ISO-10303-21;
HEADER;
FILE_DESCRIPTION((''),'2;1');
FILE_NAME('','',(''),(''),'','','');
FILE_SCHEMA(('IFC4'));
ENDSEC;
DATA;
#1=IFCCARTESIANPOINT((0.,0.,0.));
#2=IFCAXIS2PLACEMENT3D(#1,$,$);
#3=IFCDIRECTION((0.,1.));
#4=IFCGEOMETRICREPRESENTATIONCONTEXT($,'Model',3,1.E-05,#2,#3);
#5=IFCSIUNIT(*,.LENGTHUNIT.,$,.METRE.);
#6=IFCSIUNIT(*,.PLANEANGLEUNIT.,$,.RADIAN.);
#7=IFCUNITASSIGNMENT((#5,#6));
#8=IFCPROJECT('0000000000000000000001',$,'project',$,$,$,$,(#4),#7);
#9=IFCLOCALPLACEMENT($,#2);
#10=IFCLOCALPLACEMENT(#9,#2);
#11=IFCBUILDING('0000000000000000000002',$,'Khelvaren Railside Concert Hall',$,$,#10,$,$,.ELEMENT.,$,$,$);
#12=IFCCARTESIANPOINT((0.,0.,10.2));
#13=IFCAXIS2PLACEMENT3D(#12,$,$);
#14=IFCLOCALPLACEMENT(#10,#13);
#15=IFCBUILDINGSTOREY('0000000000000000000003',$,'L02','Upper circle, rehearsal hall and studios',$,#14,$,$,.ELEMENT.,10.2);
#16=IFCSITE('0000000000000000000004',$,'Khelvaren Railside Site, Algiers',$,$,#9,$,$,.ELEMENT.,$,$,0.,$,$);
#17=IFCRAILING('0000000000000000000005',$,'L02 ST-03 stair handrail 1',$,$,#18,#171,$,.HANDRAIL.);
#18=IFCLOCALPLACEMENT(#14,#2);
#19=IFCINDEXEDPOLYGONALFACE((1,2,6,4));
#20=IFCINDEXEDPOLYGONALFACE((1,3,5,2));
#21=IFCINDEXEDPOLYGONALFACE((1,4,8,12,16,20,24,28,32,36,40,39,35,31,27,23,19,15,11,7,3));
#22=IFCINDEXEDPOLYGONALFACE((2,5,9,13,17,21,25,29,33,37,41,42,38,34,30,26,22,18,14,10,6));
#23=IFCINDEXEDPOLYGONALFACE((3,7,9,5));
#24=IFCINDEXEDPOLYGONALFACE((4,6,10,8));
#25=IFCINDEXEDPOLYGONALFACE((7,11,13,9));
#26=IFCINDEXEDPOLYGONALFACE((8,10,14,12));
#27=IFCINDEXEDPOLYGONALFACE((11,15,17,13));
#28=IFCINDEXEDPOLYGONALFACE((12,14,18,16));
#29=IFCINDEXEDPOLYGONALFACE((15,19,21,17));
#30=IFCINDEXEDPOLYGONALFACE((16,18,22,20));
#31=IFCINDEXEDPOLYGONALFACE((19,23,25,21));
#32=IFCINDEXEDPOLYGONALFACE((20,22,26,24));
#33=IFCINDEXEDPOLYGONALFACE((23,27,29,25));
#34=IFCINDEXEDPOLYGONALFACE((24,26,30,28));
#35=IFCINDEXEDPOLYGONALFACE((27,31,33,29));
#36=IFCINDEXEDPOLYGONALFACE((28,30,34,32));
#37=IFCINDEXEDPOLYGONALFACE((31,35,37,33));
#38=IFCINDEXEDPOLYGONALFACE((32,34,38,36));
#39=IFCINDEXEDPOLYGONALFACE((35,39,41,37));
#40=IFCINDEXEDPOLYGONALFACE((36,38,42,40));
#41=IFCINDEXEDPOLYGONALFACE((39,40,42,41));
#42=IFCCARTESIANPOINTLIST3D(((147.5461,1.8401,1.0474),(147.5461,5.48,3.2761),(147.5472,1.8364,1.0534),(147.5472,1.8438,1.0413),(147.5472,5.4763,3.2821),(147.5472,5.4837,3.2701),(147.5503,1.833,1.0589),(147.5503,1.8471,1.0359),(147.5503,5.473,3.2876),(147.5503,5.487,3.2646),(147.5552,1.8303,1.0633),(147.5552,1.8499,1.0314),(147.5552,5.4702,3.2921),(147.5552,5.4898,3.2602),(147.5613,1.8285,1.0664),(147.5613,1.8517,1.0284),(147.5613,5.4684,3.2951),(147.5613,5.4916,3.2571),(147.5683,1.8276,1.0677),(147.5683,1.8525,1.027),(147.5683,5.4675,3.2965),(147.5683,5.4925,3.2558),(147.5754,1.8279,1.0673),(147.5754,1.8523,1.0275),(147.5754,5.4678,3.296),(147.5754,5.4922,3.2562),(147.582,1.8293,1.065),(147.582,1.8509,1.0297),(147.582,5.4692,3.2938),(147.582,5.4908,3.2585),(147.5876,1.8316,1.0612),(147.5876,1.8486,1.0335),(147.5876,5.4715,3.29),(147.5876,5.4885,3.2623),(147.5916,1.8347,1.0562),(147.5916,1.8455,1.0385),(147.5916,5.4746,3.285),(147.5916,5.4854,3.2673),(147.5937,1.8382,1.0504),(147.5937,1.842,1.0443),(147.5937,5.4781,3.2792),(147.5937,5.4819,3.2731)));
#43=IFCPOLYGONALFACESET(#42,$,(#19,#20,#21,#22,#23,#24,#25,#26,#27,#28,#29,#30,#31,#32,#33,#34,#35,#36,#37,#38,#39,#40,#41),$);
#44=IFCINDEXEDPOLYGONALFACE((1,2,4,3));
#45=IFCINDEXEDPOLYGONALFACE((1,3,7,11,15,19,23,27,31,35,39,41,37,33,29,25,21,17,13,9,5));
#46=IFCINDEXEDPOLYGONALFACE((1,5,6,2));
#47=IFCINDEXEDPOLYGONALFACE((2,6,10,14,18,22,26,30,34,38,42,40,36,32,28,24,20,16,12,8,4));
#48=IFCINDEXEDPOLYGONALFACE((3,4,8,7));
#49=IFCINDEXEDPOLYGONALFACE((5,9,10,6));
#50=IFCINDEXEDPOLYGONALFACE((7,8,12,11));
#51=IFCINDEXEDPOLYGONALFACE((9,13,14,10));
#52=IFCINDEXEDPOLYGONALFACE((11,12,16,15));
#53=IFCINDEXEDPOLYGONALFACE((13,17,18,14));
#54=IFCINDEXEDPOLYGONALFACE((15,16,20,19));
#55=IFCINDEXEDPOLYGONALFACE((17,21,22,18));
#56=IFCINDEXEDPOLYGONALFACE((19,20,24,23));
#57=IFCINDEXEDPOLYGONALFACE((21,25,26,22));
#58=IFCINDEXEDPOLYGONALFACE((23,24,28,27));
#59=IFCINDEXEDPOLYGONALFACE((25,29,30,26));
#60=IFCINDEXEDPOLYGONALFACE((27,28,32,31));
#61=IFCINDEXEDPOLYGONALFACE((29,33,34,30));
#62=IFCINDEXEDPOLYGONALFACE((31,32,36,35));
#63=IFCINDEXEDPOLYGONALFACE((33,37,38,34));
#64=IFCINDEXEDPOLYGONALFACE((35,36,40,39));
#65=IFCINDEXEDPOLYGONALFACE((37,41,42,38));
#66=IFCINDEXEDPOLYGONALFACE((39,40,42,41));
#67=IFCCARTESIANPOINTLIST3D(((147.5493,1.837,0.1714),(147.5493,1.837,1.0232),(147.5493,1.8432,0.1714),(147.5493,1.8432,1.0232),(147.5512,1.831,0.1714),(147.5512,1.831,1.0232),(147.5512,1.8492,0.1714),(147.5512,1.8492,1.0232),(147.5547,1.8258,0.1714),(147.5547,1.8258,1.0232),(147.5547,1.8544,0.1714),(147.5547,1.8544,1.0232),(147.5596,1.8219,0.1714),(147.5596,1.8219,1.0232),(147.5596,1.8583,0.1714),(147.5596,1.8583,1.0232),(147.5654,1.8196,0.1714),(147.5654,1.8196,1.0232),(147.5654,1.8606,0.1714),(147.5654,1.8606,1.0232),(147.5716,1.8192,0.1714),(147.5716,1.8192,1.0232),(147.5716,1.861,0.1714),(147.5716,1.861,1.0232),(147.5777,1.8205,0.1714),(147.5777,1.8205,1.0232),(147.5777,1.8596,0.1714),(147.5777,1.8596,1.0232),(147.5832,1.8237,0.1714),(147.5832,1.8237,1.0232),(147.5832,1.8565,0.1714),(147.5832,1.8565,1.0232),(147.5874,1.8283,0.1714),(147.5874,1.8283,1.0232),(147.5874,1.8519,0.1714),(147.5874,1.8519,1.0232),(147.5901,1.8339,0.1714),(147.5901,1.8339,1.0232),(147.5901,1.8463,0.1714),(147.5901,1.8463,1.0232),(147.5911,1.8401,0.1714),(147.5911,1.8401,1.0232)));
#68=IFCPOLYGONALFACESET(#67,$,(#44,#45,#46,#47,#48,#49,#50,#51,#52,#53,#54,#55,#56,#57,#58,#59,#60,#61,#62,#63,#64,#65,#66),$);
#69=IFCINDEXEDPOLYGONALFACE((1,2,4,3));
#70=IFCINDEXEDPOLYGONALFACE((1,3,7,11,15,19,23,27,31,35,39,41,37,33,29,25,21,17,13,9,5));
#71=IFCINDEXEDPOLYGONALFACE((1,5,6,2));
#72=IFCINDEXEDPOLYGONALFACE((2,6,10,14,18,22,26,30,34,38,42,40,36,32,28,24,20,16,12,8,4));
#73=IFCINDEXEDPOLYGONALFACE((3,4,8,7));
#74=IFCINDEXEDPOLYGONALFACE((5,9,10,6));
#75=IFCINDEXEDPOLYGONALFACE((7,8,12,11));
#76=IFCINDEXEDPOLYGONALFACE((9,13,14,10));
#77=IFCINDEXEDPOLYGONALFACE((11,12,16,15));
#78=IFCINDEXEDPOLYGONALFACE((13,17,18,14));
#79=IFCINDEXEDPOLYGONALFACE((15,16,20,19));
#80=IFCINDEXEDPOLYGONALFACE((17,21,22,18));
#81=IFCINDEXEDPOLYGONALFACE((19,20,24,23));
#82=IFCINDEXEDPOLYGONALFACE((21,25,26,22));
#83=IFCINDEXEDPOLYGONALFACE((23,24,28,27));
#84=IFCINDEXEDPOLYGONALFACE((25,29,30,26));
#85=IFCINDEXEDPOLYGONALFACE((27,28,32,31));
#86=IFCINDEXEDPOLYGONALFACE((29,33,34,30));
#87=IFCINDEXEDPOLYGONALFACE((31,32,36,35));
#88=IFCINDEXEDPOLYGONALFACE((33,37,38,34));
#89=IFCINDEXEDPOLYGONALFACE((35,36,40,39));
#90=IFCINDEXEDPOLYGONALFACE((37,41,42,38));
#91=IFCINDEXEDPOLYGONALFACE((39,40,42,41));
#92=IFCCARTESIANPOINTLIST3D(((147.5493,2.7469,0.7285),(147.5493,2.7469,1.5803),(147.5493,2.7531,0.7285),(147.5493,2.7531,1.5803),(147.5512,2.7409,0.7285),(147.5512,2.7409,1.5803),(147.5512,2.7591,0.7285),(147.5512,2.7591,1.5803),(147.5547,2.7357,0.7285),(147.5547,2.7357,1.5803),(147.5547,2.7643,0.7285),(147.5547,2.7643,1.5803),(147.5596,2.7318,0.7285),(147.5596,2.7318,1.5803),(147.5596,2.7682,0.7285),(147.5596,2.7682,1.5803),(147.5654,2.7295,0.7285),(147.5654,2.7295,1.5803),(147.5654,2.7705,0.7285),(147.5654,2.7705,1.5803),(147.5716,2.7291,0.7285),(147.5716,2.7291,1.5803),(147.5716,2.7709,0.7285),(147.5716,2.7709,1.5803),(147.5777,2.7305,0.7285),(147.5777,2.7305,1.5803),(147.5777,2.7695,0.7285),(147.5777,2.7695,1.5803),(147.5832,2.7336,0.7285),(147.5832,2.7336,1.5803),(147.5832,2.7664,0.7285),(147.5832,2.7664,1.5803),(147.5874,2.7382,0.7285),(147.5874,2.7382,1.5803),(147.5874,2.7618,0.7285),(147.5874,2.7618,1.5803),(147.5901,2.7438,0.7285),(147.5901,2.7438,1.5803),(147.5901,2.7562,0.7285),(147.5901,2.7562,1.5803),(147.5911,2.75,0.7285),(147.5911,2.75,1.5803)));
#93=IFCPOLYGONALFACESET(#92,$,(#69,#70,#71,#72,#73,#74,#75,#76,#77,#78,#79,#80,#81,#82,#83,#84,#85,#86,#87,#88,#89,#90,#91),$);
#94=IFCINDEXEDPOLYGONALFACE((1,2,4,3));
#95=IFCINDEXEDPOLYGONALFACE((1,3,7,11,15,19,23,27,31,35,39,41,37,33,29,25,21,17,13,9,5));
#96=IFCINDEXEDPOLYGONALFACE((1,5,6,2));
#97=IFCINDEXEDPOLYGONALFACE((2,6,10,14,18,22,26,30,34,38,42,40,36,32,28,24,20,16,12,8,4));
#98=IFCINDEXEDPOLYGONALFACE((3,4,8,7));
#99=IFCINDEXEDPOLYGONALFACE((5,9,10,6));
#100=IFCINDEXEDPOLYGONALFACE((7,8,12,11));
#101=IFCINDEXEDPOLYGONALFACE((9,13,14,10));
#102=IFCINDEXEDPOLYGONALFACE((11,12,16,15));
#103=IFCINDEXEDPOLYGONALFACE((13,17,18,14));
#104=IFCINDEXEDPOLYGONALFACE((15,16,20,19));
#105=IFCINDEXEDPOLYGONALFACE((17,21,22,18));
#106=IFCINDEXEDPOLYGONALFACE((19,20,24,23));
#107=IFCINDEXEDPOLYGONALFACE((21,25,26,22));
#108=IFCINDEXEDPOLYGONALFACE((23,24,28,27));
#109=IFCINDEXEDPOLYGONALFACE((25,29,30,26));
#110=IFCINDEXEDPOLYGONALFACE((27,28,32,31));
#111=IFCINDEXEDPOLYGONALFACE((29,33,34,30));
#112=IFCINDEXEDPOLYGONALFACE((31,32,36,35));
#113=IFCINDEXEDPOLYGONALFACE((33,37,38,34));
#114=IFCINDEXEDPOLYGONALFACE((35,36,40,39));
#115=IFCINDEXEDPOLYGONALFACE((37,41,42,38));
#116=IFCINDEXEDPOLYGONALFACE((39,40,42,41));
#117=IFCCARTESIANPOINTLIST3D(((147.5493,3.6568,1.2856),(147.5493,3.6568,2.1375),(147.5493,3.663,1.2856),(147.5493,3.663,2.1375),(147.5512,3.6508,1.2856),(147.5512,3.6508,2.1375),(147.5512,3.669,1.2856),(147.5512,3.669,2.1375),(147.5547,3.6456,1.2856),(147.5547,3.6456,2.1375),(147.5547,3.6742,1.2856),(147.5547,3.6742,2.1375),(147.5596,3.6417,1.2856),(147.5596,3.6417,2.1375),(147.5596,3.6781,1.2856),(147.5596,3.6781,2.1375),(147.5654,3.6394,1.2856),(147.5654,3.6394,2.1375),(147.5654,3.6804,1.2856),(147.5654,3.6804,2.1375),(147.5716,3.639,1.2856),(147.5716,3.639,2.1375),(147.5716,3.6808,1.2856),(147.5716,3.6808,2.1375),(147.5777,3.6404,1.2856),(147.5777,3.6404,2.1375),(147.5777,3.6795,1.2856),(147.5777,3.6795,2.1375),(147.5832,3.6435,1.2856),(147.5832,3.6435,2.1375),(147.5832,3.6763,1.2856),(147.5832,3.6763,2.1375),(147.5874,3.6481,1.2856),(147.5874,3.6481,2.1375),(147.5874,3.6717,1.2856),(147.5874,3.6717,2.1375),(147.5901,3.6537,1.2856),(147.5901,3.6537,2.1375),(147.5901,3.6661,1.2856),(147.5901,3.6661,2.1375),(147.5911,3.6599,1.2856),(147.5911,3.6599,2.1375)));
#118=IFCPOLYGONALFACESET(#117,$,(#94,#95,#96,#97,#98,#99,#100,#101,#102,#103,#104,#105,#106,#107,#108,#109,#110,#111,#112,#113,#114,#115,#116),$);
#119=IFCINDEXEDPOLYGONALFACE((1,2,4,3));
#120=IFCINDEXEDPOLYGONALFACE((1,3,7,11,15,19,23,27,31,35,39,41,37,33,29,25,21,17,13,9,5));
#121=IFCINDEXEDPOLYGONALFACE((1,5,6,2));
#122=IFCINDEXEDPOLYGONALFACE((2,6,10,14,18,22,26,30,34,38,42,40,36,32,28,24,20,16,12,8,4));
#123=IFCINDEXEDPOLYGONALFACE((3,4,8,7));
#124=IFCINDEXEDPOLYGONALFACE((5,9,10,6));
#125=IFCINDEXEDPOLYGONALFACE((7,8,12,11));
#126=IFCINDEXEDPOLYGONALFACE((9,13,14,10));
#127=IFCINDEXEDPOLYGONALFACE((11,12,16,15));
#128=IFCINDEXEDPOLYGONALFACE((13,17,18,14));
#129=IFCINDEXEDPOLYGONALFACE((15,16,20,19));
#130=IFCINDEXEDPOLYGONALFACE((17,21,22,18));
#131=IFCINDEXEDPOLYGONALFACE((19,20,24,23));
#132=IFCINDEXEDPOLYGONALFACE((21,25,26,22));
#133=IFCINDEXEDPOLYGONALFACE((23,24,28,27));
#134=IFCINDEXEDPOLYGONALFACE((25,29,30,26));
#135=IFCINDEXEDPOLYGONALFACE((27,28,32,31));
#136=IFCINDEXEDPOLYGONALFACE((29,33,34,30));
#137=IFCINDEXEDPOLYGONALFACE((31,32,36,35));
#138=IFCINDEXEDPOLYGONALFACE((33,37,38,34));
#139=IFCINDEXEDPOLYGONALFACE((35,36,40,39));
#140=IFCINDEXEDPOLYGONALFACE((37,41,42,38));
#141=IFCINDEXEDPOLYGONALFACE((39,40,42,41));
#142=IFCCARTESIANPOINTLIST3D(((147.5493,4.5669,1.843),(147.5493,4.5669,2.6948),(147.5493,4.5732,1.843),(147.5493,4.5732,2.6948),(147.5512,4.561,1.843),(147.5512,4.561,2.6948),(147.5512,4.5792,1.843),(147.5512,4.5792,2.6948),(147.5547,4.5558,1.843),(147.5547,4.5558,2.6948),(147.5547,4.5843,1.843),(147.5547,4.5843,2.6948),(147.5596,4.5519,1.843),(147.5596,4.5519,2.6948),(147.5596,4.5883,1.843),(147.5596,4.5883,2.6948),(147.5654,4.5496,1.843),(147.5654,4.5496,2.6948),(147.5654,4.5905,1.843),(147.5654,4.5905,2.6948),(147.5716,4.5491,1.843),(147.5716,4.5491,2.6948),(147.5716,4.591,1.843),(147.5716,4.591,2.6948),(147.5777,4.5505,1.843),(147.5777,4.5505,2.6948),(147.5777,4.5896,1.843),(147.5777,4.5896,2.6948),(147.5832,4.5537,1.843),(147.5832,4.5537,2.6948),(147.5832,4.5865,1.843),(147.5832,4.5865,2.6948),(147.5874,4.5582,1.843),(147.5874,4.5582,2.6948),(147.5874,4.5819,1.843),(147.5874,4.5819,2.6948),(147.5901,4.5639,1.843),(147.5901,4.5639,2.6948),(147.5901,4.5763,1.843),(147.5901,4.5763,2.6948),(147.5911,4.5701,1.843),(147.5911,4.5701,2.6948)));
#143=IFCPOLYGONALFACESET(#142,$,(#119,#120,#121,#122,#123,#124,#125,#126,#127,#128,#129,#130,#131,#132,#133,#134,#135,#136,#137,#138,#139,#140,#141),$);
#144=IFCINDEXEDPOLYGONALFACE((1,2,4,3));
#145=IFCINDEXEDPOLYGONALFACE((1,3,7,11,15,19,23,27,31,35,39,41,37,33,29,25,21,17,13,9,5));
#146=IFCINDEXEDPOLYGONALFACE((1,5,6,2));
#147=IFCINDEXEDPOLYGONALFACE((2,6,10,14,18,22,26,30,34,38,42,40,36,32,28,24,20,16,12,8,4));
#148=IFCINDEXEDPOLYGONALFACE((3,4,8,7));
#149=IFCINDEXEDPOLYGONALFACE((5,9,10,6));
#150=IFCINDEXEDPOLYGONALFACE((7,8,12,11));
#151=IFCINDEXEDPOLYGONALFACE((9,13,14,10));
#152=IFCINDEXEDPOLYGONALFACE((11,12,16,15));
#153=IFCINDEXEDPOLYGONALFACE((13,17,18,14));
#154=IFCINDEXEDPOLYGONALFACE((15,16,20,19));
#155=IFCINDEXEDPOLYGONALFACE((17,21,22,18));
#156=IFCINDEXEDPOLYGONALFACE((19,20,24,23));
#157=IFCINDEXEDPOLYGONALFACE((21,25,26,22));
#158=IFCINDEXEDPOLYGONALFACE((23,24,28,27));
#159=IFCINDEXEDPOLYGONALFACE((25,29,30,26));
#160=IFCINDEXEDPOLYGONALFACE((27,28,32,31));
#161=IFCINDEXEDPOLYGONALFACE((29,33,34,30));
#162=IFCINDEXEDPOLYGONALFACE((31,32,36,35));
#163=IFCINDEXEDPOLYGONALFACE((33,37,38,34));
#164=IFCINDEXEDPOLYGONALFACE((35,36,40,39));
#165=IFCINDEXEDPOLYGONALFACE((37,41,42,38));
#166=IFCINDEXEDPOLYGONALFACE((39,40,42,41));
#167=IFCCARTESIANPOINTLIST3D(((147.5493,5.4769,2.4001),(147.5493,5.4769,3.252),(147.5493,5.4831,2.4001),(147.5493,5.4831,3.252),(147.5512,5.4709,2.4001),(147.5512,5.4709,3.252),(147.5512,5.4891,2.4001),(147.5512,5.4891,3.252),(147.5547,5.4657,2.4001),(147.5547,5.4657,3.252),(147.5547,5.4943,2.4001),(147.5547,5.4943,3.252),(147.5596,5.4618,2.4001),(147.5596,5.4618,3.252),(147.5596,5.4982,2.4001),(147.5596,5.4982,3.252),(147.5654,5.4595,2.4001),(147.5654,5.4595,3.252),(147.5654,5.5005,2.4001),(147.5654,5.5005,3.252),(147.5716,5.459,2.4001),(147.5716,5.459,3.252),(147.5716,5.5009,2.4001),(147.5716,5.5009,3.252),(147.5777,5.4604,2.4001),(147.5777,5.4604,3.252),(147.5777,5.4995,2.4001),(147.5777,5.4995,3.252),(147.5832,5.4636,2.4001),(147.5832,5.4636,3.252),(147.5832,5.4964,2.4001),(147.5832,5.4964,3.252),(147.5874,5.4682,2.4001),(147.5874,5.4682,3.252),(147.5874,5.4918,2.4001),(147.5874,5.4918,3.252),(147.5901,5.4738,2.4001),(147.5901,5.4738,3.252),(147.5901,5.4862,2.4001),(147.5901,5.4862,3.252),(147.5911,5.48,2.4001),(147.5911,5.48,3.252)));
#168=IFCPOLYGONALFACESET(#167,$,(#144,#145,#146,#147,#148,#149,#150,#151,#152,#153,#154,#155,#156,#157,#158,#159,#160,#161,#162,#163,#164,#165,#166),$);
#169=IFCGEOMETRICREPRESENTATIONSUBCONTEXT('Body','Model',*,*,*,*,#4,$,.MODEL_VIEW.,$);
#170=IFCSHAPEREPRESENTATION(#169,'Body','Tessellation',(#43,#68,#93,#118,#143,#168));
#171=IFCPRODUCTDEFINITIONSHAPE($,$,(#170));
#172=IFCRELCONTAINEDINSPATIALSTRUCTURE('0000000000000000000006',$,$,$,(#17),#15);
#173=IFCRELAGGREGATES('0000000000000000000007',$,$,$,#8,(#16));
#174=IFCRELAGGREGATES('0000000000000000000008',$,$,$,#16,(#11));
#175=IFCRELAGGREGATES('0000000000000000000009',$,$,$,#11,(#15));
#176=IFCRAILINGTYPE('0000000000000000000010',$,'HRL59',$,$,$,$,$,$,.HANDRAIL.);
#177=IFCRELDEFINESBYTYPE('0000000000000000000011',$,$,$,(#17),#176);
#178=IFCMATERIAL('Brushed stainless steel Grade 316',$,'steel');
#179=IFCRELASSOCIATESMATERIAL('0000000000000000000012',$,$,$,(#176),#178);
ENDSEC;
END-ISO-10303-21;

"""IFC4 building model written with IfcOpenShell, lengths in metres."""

from ifc_helpers import new_model, si_unit, direction, frame, origin, origin_2d, place, context, subcontext, project, spatial, circle, extrude, material, type_object, element, save


model = new_model("IFC4")

# Units and contexts
model_context = context("Model", 3, precision=1e-05, world=origin(), true_north=direction((0.0, 1.0)))
body_context = subcontext(model_context, "Body", "Model", "MODEL_VIEW")
ifc_project = project(units=[si_unit("LENGTHUNIT", "METRE"), si_unit("PLANEANGLEUNIT", "RADIAN")], contexts=[model_context])

# Site, building, storey
site_placement = place(None, origin())
site = spatial("IfcSite", under=ifc_project, at=site_placement, Name="Khelvaren Railside Site, Algiers", CompositionType="ELEMENT", RefElevation=0.0)
building_placement = place(site_placement, origin())
building = spatial("IfcBuilding", under=site, at=building_placement, Name="Khelvaren Railside Concert Hall", CompositionType="ELEMENT")
storey_placement = place(building_placement, frame((0.0, 0.0, 10.2)))
storey = spatial("IfcBuildingStorey", under=building, at=storey_placement, Name="L02", Description="Upper circle, rehearsal hall and studios", CompositionType="ELEMENT", Elevation=10.2)

# Railing
ifc_material_1 = material(Name="Brushed stainless steel Grade 316", Category="steel")
railing_type_1 = type_object("IfcRailingType", Name="HRL59", PredefinedType="HANDRAIL", material=ifc_material_1)
railing_1_placement = place(storey_placement, frame((147.5701, 1.8401, 0.1714)))
element("IfcRailing", 1, at=railing_1_placement, inside=storey, type_object=railing_type_1, Name="L02 ST-03 stair handrail 1", PredefinedType="HANDRAIL", context=body_context, shape_type="SweptSolid", body=[
    extrude(circle(Radius=0.0239, at=origin_2d()), frame((0.0, 0.0, 0.876), z_axis=(0.0, 0.852825, 0.522197), x_axis=(-1.0, 0.0, 0.0)), (0.0, 0.0, 1.0), 4.2681),
    extrude(circle(Radius=0.021, at=origin_2d()), origin(), (0.0, 0.0, 1.0), 0.8518),
    extrude(circle(Radius=0.021, at=origin_2d()), frame((0.0, 0.9099, 0.5571)), (0.0, 0.0, 1.0), 0.8518),
    extrude(circle(Radius=0.021, at=origin_2d()), frame((0.0, 1.8198, 1.1143)), (0.0, 0.0, 1.0), 0.8518),
    extrude(circle(Radius=0.021, at=origin_2d()), frame((0.0, 2.73, 1.6716)), (0.0, 0.0, 1.0), 0.8518),
    extrude(circle(Radius=0.021, at=origin_2d()), frame((0.0, 3.6399, 2.2288)), (0.0, 0.0, 1.0), 0.8518),
])

save(model, "model.ifc")
